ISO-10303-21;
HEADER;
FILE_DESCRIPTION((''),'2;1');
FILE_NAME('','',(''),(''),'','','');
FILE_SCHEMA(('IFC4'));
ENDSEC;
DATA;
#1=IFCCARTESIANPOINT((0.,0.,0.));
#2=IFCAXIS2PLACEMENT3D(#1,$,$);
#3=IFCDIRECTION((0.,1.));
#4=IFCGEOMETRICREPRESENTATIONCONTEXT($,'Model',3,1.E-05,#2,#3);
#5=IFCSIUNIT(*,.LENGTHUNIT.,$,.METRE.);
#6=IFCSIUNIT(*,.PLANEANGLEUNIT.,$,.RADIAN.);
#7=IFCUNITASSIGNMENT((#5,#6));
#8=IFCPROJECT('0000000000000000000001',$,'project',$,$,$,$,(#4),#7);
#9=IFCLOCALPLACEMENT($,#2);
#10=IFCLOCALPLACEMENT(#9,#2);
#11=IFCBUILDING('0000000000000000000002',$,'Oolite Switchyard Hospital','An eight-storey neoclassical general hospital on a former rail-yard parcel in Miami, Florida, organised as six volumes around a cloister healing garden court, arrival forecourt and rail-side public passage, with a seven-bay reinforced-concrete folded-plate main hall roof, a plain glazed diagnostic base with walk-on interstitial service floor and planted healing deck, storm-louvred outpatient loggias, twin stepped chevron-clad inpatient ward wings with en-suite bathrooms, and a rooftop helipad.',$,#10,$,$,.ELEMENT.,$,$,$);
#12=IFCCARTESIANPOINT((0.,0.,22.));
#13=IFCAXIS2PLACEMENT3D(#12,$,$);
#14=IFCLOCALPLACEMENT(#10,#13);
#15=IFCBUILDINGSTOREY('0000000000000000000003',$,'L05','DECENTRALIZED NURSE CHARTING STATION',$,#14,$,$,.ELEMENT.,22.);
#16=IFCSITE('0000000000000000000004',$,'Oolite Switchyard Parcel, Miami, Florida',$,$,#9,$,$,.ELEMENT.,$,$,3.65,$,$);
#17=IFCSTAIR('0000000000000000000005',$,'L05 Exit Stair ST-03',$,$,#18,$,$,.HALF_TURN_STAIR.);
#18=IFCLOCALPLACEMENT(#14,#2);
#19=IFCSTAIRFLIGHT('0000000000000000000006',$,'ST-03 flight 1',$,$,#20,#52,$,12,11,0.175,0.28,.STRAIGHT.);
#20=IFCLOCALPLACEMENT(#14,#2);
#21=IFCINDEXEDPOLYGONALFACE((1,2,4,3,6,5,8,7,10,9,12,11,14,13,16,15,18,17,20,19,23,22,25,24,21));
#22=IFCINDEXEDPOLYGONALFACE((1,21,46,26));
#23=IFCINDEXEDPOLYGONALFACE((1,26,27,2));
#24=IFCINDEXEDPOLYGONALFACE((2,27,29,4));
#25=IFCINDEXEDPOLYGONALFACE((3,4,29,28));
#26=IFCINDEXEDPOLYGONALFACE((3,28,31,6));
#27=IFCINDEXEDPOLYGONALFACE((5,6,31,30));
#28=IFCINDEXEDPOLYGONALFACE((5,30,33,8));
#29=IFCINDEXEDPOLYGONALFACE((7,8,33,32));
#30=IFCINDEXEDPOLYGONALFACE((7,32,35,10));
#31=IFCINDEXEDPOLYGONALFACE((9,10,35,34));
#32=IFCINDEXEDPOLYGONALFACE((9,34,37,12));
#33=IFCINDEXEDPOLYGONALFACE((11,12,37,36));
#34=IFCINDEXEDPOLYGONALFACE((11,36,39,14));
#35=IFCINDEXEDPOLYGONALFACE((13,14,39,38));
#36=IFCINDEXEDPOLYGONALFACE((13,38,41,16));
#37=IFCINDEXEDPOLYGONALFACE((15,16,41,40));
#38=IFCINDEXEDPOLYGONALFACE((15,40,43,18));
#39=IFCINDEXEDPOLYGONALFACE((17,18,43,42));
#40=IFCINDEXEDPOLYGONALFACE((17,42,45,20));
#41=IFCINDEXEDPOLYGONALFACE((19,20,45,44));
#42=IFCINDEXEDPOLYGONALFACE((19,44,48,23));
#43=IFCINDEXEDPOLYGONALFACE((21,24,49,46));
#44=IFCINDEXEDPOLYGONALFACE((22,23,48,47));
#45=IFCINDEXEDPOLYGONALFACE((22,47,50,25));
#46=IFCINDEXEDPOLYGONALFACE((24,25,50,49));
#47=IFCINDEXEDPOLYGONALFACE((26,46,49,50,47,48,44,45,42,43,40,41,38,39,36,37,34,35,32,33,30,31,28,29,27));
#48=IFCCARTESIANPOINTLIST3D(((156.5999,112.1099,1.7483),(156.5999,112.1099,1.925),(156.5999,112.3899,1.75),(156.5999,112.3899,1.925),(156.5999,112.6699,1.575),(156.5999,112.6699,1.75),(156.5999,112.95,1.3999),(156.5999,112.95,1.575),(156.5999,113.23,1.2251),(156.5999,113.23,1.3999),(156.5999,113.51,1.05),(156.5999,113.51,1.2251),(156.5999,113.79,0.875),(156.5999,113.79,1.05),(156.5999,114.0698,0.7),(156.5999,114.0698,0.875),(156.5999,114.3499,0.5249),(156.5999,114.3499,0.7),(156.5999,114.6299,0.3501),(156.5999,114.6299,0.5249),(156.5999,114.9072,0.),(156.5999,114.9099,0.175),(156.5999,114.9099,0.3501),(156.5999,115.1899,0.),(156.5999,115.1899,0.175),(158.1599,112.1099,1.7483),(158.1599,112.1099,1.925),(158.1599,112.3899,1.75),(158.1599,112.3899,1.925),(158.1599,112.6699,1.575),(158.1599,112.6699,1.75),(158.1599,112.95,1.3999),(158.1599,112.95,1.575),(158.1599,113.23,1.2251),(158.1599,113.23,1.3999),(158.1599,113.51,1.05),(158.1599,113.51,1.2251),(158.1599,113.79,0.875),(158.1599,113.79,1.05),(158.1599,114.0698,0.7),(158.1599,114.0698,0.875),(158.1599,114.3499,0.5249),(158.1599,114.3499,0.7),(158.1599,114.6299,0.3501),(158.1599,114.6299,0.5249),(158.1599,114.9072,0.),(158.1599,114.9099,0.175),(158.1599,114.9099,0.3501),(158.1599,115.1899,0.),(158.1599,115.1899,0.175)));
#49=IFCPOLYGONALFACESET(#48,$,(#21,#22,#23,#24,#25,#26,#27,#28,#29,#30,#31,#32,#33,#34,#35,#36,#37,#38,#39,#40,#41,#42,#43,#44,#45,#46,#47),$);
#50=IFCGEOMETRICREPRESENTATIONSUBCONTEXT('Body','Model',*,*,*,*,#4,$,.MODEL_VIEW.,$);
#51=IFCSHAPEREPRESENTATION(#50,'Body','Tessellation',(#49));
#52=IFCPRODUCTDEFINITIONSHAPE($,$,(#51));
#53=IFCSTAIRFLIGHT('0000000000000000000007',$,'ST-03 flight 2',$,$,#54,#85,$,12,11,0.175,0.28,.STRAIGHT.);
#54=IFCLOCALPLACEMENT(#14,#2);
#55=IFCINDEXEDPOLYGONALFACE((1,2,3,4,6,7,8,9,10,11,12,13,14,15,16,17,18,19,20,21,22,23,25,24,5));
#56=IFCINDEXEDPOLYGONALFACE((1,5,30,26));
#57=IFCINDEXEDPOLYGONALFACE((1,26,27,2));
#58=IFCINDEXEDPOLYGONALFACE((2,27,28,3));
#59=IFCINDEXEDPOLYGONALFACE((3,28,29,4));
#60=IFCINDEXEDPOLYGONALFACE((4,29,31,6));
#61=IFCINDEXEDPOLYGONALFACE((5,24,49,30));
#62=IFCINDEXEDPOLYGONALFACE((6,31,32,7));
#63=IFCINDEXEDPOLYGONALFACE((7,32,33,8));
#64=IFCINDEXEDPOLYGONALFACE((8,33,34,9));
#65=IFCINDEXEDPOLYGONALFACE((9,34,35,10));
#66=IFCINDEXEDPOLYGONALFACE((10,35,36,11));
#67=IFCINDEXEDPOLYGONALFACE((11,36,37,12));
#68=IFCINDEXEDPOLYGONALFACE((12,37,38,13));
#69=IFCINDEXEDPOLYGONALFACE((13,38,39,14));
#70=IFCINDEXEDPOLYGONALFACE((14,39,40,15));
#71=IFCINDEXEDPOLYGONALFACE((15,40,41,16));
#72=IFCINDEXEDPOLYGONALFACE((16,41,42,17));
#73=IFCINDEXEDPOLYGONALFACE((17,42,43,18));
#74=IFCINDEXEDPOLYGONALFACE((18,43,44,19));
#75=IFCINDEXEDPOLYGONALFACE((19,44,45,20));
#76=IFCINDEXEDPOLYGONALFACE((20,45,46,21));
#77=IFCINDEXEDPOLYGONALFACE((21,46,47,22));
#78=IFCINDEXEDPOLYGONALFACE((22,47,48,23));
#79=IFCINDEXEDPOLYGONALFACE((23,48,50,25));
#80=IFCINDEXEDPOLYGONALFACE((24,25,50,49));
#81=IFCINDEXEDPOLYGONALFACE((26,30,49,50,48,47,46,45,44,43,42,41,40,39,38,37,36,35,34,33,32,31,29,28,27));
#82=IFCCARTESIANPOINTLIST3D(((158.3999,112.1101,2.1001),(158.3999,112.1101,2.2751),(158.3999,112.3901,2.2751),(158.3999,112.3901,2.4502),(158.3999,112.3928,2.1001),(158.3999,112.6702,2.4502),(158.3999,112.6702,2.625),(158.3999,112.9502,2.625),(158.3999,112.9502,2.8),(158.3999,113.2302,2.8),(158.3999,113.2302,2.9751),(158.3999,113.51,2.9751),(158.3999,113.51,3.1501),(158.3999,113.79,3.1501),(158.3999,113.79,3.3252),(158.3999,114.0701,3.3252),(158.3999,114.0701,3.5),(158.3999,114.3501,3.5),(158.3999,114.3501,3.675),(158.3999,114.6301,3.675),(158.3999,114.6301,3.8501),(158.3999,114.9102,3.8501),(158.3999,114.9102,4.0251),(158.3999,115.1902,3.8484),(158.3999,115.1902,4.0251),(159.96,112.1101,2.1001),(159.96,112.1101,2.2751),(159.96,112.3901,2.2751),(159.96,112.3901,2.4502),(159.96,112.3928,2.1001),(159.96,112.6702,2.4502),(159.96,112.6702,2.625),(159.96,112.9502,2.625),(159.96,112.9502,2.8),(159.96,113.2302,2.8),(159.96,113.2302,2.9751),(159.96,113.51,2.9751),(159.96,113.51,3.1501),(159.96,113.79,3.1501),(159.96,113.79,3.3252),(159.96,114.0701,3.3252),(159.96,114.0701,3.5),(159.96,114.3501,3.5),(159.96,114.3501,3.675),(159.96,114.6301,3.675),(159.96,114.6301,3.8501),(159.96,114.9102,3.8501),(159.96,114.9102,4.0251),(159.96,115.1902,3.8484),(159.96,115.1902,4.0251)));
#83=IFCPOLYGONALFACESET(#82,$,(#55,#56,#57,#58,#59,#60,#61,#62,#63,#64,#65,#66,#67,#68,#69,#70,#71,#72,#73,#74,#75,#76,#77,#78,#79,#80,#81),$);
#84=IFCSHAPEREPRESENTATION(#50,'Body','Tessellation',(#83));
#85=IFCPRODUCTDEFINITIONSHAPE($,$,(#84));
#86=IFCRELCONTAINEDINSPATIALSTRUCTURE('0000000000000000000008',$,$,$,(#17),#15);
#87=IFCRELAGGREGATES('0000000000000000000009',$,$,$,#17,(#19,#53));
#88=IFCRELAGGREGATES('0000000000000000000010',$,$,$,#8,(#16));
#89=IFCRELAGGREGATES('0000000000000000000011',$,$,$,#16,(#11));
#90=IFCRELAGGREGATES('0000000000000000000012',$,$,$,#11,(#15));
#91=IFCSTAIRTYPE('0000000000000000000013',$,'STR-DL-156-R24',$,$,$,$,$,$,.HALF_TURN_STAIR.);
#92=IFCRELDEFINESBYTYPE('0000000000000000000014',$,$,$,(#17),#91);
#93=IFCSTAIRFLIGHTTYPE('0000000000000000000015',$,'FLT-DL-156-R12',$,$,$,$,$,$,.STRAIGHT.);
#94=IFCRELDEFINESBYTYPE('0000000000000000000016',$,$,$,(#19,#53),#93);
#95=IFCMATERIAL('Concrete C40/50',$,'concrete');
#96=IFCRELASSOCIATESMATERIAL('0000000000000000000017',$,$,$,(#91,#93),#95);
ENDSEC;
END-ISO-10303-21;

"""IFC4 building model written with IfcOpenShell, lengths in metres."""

from ifc_helpers import new_model, si_unit, direction, frame, origin, place, context, subcontext, project, spatial, polyline, outline, extrude, material, type_object, element, aggregate, save


model = new_model("IFC4")

# Units and contexts
model_context = context("Model", 3, precision=1e-05, world=origin(), true_north=direction((0.0, 1.0)))
body_context = subcontext(model_context, "Body", "Model", "MODEL_VIEW")
ifc_project = project(units=[si_unit("LENGTHUNIT", "METRE"), si_unit("PLANEANGLEUNIT", "RADIAN")], contexts=[model_context])

# Site, building, storey
site_placement = place(None, origin())
site = spatial("IfcSite", under=ifc_project, at=site_placement, Name="Oolite Switchyard Parcel, Miami, Florida", CompositionType="ELEMENT", RefElevation=3.65)
building_placement = place(site_placement, origin())
building = spatial("IfcBuilding", under=site, at=building_placement, Name="Oolite Switchyard Hospital", Description="An eight-storey neoclassical general hospital on a former rail-yard parcel in Miami, Florida, organised as six volumes around a cloister healing garden court, arrival forecourt and rail-side public passage, with a seven-bay reinforced-concrete folded-plate main hall roof, a plain glazed diagnostic base with walk-on interstitial service floor and planted healing deck, storm-louvred outpatient loggias, twin stepped chevron-clad inpatient ward wings with en-suite bathrooms, and a rooftop helipad.", CompositionType="ELEMENT")
storey_placement = place(building_placement, frame((0.0, 0.0, 22.0)))
storey = spatial("IfcBuildingStorey", under=building, at=storey_placement, Name="L05", Description="DECENTRALIZED NURSE CHARTING STATION", CompositionType="ELEMENT", Elevation=22.0)

# Shared definitions
ifc_material_1 = material(Name="Concrete C40/50", Category="concrete")

# Stair, stair flights
stair_type = type_object("IfcStairType", Name="STR-DL-156-R24", PredefinedType="HALF_TURN_STAIR", material=ifc_material_1)
stair_placement = place(storey_placement, origin())
stair = element("IfcStair", 1, at=stair_placement, inside=storey, type_object=stair_type, Name="L05 Exit Stair ST-03", PredefinedType="HALF_TURN_STAIR")
stair_flight_type = type_object("IfcStairFlightType", Name="FLT-DL-156-R12", PredefinedType="STRAIGHT", material=ifc_material_1)
stair_flight_1_placement = place(storey_placement, frame((157.3799, 115.1899, 0.0), z_axis=(0.0, 0.0, 1.0), x_axis=(0.0, -1.0, 0.0)))
stair_flight_1 = element("IfcStairFlight", 2, at=stair_flight_1_placement, type_object=stair_flight_type, Name="ST-03 flight 1", NumberOfRisers=12, NumberOfTreads=11, PredefinedType="STRAIGHT", RiserHeight=0.175, TreadLength=0.28, context=body_context, shape_type="SweptSolid", body=[
    extrude(outline(polyline([(0.0, 0.0), (0.0, 0.175), (0.28, 0.175), (0.28, 0.3501), (0.5601, 0.3501), (0.5601, 0.5249), (0.8401, 0.5249), (0.8401, 0.7), (1.1201, 0.7), (1.1201, 0.875), (1.3999, 0.875), (1.3999, 1.05), (1.6799, 1.05), (1.6799, 1.2251), (1.96, 1.2251), (1.96, 1.3999), (2.24, 1.3999), (2.24, 1.575), (2.52, 1.575), (2.52, 1.75), (2.8, 1.75), (2.8, 1.925), (3.0801, 1.925), (3.0801, 2.1001), (3.0801, 1.7483), (0.2827, 0.0), (0.0, 0.0)])), frame((0.0, 0.78, 0.0), z_axis=(0.0, -1.0, 0.0), x_axis=(1.0, 0.0, 0.0)), (0.0, 0.0, 1.0), 1.5601),
])
stair_flight_2_placement = place(storey_placement, frame((159.1799, 112.1101, 2.1001), z_axis=(0.0, 0.0, 1.0), x_axis=(0.0, 1.0, 0.0)))
stair_flight_2 = element("IfcStairFlight", 3, at=stair_flight_2_placement, type_object=stair_flight_type, Name="ST-03 flight 2", NumberOfRisers=12, NumberOfTreads=11, PredefinedType="STRAIGHT", RiserHeight=0.175, TreadLength=0.28, context=body_context, shape_type="SweptSolid", body=[
    extrude(outline(polyline([(0.0, 0.0), (0.0, 0.175), (0.28, 0.175), (0.28, 0.3501), (0.5601, 0.3501), (0.5601, 0.5249), (0.8401, 0.5249), (0.8401, 0.7), (1.1201, 0.7), (1.1201, 0.875), (1.3999, 0.875), (1.3999, 1.05), (1.6799, 1.05), (1.6799, 1.2251), (1.96, 1.2251), (1.96, 1.3999), (2.24, 1.3999), (2.24, 1.575), (2.52, 1.575), (2.52, 1.75), (2.8, 1.75), (2.8, 1.925), (3.0801, 1.925), (3.0801, 2.1001), (3.0801, 1.7483), (0.2827, 0.0), (0.0, 0.0)])), frame((0.0, 0.78, 0.0), z_axis=(0.0, -1.0, 0.0), x_axis=(1.0, 0.0, 0.0)), (0.0, 0.0, 1.0), 1.5601),
])
aggregate(stair, [stair_flight_1, stair_flight_2])

save(model, "model.ifc")
